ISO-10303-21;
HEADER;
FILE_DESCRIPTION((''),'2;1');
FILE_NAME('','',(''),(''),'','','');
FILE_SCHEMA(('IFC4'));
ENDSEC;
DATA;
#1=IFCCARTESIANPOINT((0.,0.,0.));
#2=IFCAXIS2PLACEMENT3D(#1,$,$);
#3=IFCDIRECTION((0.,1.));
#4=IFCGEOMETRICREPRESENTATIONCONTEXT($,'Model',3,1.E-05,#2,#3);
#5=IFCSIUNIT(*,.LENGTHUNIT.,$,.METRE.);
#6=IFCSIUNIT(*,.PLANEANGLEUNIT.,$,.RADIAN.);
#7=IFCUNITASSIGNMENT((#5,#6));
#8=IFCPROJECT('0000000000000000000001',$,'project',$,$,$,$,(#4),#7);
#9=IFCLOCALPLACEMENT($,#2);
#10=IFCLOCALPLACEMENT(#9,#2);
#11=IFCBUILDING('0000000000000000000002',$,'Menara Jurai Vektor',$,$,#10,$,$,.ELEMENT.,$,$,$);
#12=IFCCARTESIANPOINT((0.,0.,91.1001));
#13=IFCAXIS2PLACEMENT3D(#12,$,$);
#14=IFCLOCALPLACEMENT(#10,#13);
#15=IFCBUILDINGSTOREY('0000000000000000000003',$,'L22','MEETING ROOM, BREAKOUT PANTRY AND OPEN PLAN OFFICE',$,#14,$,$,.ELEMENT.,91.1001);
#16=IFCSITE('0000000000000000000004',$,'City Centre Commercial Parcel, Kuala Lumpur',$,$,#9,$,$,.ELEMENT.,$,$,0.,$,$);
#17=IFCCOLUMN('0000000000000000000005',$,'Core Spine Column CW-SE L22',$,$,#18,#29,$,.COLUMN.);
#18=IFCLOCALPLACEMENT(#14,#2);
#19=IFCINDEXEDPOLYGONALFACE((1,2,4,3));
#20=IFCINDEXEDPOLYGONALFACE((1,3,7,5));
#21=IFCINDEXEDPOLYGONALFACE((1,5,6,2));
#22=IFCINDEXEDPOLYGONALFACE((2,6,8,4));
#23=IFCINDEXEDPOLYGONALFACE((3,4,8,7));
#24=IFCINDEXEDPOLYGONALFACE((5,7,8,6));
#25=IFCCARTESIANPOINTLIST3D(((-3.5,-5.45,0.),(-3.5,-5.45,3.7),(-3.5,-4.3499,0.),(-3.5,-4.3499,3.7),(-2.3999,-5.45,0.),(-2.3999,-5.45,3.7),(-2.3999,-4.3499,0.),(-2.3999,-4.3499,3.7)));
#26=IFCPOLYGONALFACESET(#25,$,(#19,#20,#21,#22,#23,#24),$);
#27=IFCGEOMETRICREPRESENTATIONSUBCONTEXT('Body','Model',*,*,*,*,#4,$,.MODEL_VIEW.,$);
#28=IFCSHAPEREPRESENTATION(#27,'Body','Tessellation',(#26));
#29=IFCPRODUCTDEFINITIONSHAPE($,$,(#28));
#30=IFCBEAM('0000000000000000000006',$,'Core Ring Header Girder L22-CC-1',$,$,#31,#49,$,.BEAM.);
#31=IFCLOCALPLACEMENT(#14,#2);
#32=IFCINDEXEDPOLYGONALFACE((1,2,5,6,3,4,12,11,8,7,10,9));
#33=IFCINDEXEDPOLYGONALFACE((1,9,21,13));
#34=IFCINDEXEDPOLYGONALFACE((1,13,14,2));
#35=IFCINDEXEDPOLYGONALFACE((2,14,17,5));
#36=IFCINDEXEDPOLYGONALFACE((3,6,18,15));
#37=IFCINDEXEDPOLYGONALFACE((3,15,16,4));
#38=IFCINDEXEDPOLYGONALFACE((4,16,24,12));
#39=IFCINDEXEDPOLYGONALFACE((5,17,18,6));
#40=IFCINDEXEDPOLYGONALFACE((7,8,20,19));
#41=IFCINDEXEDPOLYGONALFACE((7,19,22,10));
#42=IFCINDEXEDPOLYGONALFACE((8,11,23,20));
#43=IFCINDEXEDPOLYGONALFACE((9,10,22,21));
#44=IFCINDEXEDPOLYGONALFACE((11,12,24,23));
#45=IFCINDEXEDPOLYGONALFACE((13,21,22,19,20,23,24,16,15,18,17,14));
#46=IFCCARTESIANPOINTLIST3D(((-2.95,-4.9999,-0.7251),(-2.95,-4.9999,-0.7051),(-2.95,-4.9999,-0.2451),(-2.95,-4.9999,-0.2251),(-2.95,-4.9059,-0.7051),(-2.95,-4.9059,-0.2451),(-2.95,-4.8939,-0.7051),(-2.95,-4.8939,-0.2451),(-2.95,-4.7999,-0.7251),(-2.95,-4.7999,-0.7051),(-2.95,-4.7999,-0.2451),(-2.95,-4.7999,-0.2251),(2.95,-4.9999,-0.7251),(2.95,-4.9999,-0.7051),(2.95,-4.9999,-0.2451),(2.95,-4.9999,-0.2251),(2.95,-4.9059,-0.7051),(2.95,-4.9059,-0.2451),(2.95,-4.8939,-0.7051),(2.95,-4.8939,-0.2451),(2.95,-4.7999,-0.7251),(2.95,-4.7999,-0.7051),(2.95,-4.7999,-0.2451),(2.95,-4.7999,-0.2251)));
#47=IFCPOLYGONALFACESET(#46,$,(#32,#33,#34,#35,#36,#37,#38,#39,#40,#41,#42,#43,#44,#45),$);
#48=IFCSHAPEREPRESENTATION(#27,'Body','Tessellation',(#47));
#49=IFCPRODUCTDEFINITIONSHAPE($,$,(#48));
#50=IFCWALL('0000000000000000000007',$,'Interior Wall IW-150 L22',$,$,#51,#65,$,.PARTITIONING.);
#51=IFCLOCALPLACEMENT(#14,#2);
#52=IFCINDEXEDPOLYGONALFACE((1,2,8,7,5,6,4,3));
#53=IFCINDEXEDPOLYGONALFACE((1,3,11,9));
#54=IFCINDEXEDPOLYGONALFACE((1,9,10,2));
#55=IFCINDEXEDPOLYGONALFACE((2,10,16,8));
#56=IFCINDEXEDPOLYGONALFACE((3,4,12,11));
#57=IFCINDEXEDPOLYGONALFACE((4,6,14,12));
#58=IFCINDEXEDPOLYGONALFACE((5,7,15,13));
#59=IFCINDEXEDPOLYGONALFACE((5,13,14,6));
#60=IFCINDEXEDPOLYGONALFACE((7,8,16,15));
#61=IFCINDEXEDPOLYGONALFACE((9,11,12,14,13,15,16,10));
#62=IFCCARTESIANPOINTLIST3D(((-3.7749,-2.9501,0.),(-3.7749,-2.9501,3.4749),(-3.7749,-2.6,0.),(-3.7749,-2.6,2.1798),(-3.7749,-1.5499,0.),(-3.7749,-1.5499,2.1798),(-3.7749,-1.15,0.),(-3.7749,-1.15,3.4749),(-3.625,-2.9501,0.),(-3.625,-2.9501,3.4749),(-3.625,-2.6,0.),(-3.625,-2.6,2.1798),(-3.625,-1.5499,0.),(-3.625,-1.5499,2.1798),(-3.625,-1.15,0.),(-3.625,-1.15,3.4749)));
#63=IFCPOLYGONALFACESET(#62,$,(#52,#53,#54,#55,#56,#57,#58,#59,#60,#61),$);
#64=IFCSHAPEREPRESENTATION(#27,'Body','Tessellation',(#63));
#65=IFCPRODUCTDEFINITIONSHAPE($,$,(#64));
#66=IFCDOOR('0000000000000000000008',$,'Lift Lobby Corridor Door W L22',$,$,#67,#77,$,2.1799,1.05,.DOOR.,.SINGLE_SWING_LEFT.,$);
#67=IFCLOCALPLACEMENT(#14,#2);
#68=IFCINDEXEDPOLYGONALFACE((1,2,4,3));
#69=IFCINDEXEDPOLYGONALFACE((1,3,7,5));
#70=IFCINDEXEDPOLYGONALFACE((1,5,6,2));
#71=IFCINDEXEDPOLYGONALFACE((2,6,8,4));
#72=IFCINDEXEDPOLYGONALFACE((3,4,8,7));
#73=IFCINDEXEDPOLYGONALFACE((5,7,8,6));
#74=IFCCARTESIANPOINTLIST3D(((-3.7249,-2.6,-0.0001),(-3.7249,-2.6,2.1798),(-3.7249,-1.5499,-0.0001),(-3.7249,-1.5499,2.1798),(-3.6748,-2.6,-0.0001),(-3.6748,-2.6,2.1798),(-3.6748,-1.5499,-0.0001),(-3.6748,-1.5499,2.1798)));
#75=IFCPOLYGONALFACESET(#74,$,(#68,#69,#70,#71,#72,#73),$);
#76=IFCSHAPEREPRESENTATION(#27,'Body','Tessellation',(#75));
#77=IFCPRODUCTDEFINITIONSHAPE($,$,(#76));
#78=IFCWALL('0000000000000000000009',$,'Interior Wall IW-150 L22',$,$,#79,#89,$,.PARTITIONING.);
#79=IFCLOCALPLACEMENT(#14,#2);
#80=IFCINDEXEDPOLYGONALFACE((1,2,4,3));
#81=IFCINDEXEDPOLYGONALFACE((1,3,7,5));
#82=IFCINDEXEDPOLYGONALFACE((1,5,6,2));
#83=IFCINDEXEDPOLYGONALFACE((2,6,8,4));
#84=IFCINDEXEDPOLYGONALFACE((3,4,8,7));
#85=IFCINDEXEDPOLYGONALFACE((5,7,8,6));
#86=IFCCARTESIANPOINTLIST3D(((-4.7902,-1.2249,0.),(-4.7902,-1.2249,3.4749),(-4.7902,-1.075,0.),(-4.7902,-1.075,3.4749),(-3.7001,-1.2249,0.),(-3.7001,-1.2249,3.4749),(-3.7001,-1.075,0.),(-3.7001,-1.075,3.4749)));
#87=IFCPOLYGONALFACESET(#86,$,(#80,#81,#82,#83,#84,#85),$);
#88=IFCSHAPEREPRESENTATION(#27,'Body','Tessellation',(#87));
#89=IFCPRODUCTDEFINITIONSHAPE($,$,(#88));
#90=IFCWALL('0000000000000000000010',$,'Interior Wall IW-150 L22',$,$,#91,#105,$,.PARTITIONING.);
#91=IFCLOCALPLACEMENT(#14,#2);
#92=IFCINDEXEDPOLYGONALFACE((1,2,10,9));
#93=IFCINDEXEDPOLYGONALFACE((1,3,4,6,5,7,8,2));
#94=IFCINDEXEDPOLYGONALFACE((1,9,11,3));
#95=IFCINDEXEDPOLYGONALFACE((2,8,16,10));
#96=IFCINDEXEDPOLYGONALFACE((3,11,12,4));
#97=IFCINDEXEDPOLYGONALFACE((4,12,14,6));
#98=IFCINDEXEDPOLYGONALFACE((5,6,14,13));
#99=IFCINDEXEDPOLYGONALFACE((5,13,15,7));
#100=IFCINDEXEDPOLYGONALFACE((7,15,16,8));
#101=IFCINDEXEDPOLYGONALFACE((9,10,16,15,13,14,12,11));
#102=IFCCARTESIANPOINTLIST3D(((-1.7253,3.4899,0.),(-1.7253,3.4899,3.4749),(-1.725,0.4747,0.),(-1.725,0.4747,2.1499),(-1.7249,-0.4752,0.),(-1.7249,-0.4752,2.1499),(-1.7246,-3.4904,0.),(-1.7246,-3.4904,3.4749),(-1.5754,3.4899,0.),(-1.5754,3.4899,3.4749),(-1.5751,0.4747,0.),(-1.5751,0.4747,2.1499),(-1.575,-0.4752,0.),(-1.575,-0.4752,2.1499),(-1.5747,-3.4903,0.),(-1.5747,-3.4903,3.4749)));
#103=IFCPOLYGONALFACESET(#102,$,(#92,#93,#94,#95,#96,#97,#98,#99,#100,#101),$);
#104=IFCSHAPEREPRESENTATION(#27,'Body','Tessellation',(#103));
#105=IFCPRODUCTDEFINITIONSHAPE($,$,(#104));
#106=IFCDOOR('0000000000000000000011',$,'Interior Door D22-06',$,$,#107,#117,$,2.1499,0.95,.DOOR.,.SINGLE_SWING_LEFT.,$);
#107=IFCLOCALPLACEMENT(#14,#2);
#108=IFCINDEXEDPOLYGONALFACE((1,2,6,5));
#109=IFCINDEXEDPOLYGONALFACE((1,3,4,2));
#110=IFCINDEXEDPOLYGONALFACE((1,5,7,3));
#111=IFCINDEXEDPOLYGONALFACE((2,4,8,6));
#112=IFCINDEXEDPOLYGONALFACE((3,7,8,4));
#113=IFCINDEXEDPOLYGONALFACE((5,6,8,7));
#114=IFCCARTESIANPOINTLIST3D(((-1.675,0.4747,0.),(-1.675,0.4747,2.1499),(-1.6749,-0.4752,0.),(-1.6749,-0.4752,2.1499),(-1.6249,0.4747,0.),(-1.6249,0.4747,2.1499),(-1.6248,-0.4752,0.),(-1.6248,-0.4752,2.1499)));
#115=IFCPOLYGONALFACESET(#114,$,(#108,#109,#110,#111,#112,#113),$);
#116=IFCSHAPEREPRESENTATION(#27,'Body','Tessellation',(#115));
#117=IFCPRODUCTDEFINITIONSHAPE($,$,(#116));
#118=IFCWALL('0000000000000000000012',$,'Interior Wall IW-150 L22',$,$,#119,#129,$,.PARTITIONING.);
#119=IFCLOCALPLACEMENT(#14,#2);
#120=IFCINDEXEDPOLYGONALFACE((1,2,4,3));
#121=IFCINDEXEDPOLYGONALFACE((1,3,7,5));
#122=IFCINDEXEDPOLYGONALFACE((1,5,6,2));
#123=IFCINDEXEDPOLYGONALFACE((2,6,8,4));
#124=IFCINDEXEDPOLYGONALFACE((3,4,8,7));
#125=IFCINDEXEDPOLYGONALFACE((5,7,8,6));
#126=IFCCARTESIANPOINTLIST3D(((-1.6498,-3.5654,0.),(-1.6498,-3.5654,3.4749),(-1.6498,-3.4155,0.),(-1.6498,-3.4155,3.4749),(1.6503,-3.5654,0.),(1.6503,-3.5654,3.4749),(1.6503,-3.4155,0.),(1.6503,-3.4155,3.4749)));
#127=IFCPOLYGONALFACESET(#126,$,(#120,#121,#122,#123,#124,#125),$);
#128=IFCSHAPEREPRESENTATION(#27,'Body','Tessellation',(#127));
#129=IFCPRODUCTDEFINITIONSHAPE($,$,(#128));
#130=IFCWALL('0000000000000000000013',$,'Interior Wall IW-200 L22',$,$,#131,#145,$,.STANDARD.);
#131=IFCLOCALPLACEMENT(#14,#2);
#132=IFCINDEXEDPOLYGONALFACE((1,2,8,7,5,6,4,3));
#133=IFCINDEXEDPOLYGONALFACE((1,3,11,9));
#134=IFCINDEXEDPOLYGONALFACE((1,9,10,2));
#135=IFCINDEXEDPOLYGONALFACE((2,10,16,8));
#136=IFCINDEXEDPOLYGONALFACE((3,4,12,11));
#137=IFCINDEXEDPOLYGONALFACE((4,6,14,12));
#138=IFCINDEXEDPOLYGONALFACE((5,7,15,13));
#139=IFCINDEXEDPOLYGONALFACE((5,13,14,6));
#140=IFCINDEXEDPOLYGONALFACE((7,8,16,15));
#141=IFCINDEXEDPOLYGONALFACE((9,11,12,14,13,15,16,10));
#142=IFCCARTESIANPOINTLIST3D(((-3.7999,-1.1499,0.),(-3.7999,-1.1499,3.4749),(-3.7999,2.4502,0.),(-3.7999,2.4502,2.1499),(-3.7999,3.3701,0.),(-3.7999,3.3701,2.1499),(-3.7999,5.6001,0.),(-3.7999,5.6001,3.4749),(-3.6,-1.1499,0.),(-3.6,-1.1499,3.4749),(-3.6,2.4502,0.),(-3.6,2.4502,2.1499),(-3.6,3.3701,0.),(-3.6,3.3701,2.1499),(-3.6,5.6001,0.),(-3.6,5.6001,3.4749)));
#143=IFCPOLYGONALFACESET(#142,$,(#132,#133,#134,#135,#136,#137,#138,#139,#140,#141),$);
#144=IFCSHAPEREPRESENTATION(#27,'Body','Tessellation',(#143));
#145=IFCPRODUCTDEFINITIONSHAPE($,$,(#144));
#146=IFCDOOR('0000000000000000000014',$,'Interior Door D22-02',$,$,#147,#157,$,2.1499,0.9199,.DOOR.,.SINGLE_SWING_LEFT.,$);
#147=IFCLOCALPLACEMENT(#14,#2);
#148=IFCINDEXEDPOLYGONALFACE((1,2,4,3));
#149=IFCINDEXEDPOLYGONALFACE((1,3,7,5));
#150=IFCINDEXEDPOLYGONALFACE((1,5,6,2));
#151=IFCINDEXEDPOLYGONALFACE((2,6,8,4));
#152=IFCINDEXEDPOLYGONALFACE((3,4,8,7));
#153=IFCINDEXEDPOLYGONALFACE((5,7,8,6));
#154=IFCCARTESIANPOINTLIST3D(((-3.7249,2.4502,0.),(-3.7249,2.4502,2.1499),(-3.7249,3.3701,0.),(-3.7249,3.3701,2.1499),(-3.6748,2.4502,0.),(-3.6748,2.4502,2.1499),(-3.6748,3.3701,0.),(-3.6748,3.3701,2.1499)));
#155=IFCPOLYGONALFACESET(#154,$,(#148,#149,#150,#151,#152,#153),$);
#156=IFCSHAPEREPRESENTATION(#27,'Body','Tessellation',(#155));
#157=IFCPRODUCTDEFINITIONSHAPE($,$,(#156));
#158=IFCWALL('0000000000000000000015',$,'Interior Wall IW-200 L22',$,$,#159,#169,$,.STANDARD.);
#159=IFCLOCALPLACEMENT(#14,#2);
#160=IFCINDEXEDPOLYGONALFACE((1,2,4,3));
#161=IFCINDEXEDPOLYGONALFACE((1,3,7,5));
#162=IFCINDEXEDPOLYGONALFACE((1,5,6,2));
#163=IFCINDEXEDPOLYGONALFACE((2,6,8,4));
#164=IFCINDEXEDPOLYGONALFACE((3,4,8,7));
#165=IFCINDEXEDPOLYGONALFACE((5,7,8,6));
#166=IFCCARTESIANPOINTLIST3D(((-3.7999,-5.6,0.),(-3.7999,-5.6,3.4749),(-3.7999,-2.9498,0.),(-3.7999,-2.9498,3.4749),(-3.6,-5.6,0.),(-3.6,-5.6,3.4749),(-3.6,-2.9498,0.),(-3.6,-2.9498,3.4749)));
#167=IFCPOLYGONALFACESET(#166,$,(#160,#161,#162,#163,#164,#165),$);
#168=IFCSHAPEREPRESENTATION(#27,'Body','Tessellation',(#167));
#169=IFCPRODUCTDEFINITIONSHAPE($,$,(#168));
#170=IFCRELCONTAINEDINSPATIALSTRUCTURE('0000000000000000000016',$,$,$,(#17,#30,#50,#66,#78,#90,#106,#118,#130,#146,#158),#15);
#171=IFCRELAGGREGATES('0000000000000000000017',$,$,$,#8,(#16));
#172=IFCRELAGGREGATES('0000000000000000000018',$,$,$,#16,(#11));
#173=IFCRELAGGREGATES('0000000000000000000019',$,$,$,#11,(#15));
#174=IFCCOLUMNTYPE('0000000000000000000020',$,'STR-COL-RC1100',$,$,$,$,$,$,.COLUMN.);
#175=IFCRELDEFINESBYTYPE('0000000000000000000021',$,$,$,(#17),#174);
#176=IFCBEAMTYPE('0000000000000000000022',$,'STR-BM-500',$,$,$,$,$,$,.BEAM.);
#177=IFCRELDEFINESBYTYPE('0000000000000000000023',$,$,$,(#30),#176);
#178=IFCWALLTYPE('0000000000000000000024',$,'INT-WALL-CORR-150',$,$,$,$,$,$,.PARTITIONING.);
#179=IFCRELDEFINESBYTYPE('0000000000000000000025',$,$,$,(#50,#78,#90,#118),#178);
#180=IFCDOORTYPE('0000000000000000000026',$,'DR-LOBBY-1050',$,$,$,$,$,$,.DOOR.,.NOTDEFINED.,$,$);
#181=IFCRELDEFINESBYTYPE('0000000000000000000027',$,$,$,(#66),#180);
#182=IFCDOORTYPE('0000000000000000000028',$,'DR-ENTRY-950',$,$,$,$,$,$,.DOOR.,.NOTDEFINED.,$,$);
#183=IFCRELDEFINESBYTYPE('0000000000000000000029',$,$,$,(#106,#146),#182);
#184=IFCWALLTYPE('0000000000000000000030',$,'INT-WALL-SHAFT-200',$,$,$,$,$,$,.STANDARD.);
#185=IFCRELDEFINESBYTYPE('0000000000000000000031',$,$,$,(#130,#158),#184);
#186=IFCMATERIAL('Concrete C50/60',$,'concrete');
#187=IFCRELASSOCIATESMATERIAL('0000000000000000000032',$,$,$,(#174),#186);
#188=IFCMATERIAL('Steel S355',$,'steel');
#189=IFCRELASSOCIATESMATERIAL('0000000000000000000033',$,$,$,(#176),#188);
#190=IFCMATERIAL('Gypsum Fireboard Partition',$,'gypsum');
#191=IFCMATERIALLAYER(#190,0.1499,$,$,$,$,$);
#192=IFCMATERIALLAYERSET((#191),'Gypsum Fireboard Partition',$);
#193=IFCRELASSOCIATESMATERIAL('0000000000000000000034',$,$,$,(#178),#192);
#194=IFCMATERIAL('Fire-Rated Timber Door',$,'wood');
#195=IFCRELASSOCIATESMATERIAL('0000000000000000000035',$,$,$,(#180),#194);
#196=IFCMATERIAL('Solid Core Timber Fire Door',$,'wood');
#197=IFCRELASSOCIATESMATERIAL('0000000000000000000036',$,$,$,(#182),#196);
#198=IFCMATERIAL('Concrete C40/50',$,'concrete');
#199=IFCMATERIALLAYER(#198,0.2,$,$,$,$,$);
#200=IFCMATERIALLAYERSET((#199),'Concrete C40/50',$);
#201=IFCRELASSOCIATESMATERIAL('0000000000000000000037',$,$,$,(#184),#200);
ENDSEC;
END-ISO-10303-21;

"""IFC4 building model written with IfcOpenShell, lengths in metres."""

from ifc_helpers import new_model, si_unit, direction, frame, frame_2d, origin, origin_2d, place, context, subcontext, project, spatial, rectangle, i_section, extrude, material, layer, layer_set, material_profile, profile_set, type_object, element, fill, save


model = new_model("IFC4")

# Units and contexts
model_context = context("Model", 3, precision=1e-05, world=origin(), true_north=direction((0.0, 1.0)))
body_context = subcontext(model_context, "Body", "Model", "MODEL_VIEW")
ifc_project = project(units=[si_unit("LENGTHUNIT", "METRE"), si_unit("PLANEANGLEUNIT", "RADIAN")], contexts=[model_context])

# Site, building, storey
site_placement = place(None, origin())
site = spatial("IfcSite", under=ifc_project, at=site_placement, Name="City Centre Commercial Parcel, Kuala Lumpur", CompositionType="ELEMENT", RefElevation=0.0)
building_placement = place(site_placement, origin())
building = spatial("IfcBuilding", under=site, at=building_placement, Name="Menara Jurai Vektor", CompositionType="ELEMENT")
storey_placement = place(building_placement, frame((0.0, 0.0, 91.1001)))
storey = spatial("IfcBuildingStorey", under=building, at=storey_placement, Name="L22", Description="MEETING ROOM, BREAKOUT PANTRY AND OPEN PLAN OFFICE", CompositionType="ELEMENT", Elevation=91.1001)

# Column
ifc_material_1 = material(Name="Concrete C50/60", Category="concrete")
ifc_material_profile_1 = material_profile(ifc_material_1, rectangle(XDim=1.1001, YDim=1.1001, at=origin_2d()), Name="RC 1100x1100")
ifc_profile_set_1 = profile_set([ifc_material_profile_1], Name="Concrete C50/60")
column_type = type_object("IfcColumnType", Name="STR-COL-RC1100", PredefinedType="COLUMN", material=ifc_profile_set_1)
column_placement = place(storey_placement, frame((-2.95, -4.8999, 0.0), z_axis=(0.0, 0.0, 1.0), x_axis=(1.0, 0.0, 0.0)))
element("IfcColumn", 1, at=column_placement, inside=storey, type_object=column_type, Name="Core Spine Column CW-SE L22", PredefinedType="COLUMN", context=body_context, shape_type="SweptSolid", body=[
    extrude(rectangle(XDim=1.1001, YDim=1.1001, at=origin_2d()), origin(), (0.0, 0.0, 1.0), 3.7),
])

# Beam
ifc_material_2 = material(Name="Steel S355", Category="steel")
ifc_material_profile_2 = material_profile(ifc_material_2, i_section(OverallWidth=0.2, OverallDepth=0.5, WebThickness=0.012, FlangeThickness=0.02, at=origin_2d()), Name="PG 500x200x96")
ifc_profile_set_2 = profile_set([ifc_material_profile_2], Name="Steel S355")
beam_type = type_object("IfcBeamType", Name="STR-BM-500", PredefinedType="BEAM", material=ifc_profile_set_2)
beam_placement = place(storey_placement, frame((-2.95, -4.8999, -0.4751), z_axis=(1.0, 0.0, 0.0), x_axis=(0.0, 1.0, 0.0)))
element("IfcBeam", 2, at=beam_placement, inside=storey, type_object=beam_type, Name="Core Ring Header Girder L22-CC-1", PredefinedType="BEAM", context=body_context, shape_type="SweptSolid", body=[
    extrude(i_section(OverallWidth=0.2, OverallDepth=0.5, WebThickness=0.012, FlangeThickness=0.02, at=origin_2d()), origin(), (0.0, 0.0, 1.0), 5.8999),
])

# Wall, opening, door
ifc_material_3 = material(Name="Gypsum Fireboard Partition", Category="gypsum")
ifc_layer_1 = layer(ifc_material_3, 0.1499)
ifc_layer_set_1 = layer_set([ifc_layer_1], Name="Gypsum Fireboard Partition")
wall_type_1 = type_object("IfcWallType", Name="INT-WALL-CORR-150", PredefinedType="PARTITIONING", material=ifc_layer_set_1)
wall_1_placement = place(storey_placement, frame((-3.7, -2.95, 0.0), z_axis=(0.0, 0.0, 1.0), x_axis=(0.0, 1.0, 0.0)))
wall_1 = element("IfcWall", 3, at=wall_1_placement, inside=storey, type_object=wall_type_1, Name="Interior Wall IW-150 L22", PredefinedType="PARTITIONING", context=body_context, shape_type="SweptSolid", body=[
    extrude(rectangle(XDim=1.8, YDim=0.1499, at=frame_2d((0.8999, 0.0))), origin(), (0.0, 0.0, 1.0), 3.4749),
])
opening_1_placement = place(wall_1_placement, frame((0.3501, 0.0, 0.0)))
opening_1 = element("IfcOpeningElement", 4, at=opening_1_placement, cuts=wall_1, PredefinedType="OPENING", context=body_context, shape_type="SweptSolid", body=[
    extrude(rectangle(XDim=1.05, YDim=2.1799, at=frame_2d((0.5249, 1.0898))), frame((0.0, 0.085, 0.0), z_axis=(0.0, -1.0, 0.0), x_axis=(1.0, 0.0, 0.0)), (0.0, 0.0, 1.0), 0.1699),
])
ifc_material_4 = material(Name="Fire-Rated Timber Door", Category="wood")
door_type_1 = type_object("IfcDoorType", Name="DR-LOBBY-1050", OperationType="NOTDEFINED", PredefinedType="DOOR", material=ifc_material_4)
door_1_placement = place(opening_1_placement, origin())
door_1 = element("IfcDoor", 5, at=door_1_placement, inside=storey, type_object=door_type_1, Name="Lift Lobby Corridor Door W L22", OperationType="SINGLE_SWING_LEFT", OverallHeight=2.1799, OverallWidth=1.05, PredefinedType="DOOR", context=body_context, shape_type="SweptSolid", body=[
    extrude(rectangle(XDim=1.05, YDim=2.1799, at=frame_2d((0.5249, 1.0898))), frame((0.0, 0.0249, 0.0), z_axis=(0.0, -1.0, 0.0), x_axis=(1.0, 0.0, 0.0)), (0.0, 0.0, 1.0), 0.05),
])
fill(opening_1, door_1)

# Wall
wall_2_placement = place(storey_placement, frame((-4.79, -1.1499, 0.0), z_axis=(0.0, 0.0, 1.0), x_axis=(1.0, 0.0, 0.0)))
element("IfcWall", 6, at=wall_2_placement, inside=storey, type_object=wall_type_1, Name="Interior Wall IW-150 L22", PredefinedType="PARTITIONING", context=body_context, shape_type="SweptSolid", body=[
    extrude(rectangle(XDim=1.0901, YDim=0.1499, at=frame_2d((0.5449, 0.0))), origin(), (0.0, 0.0, 1.0), 3.4749),
])

# Wall, opening, door
wall_3_placement = place(storey_placement, frame((-1.6497, -3.4905, 0.0), z_axis=(0.0, 0.0, 1.0), x_axis=(-0.000105, 1.0, 0.0)))
wall_3 = element("IfcWall", 7, at=wall_3_placement, inside=storey, type_object=wall_type_1, Name="Interior Wall IW-150 L22", PredefinedType="PARTITIONING", context=body_context, shape_type="SweptSolid", body=[
    extrude(rectangle(XDim=6.9802, YDim=0.1499, at=frame_2d((3.4902, 0.0))), origin(), (0.0, 0.0, 1.0), 3.4749),
])
opening_2_placement = place(wall_3_placement, frame((3.0151, 0.0, 0.0)))
opening_2 = element("IfcOpeningElement", 8, at=opening_2_placement, cuts=wall_3, PredefinedType="OPENING", context=body_context, shape_type="SweptSolid", body=[
    extrude(rectangle(XDim=0.95, YDim=2.1499, at=frame_2d((0.4751, 1.075))), frame((0.0, 0.085, 0.0), z_axis=(0.0, -1.0, 0.0), x_axis=(1.0, 0.0, 0.0)), (0.0, 0.0, 1.0), 0.1699),
])
ifc_material_5 = material(Name="Solid Core Timber Fire Door", Category="wood")
door_type_2 = type_object("IfcDoorType", Name="DR-ENTRY-950", OperationType="NOTDEFINED", PredefinedType="DOOR", material=ifc_material_5)
door_2_placement = place(opening_2_placement, origin())
door_2 = element("IfcDoor", 9, at=door_2_placement, inside=storey, type_object=door_type_2, Name="Interior Door D22-06", OperationType="SINGLE_SWING_LEFT", OverallHeight=2.1499, OverallWidth=0.95, PredefinedType="DOOR", context=body_context, shape_type="SweptSolid", body=[
    extrude(rectangle(XDim=0.95, YDim=2.1499, at=frame_2d((0.4751, 1.075))), frame((0.0, 0.0249, 0.0), z_axis=(0.0, -1.0, 0.0), x_axis=(1.0, 0.0, 0.0)), (0.0, 0.0, 1.0), 0.05),
])
fill(opening_2, door_2)

# Wall
wall_4_placement = place(storey_placement, frame((-1.6497, -3.4905, 0.0), z_axis=(0.0, 0.0, 1.0), x_axis=(1.0, 0.0, 0.0)))
element("IfcWall", 10, at=wall_4_placement, inside=storey, type_object=wall_type_1, Name="Interior Wall IW-150 L22", PredefinedType="PARTITIONING", context=body_context, shape_type="SweptSolid", body=[
    extrude(rectangle(XDim=3.3, YDim=0.1499, at=frame_2d((1.6499, 0.0))), origin(), (0.0, 0.0, 1.0), 3.4749),
])

# Wall, opening, door
ifc_material_6 = material(Name="Concrete C40/50", Category="concrete")
ifc_layer_2 = layer(ifc_material_6, 0.2)
ifc_layer_set_2 = layer_set([ifc_layer_2], Name="Concrete C40/50")
wall_type_2 = type_object("IfcWallType", Name="INT-WALL-SHAFT-200", PredefinedType="STANDARD", material=ifc_layer_set_2)
wall_5_placement = place(storey_placement, frame((-3.7, -1.1499, 0.0), z_axis=(0.0, 0.0, 1.0), x_axis=(0.0, 1.0, 0.0)))
wall_5 = element("IfcWall", 11, at=wall_5_placement, inside=storey, type_object=wall_type_2, Name="Interior Wall IW-200 L22", PredefinedType="STANDARD", context=body_context, shape_type="SweptSolid", body=[
    extrude(rectangle(XDim=6.75, YDim=0.2, at=frame_2d((3.375, 0.0))), origin(), (0.0, 0.0, 1.0), 3.4749),
])
opening_3_placement = place(wall_5_placement, frame((3.6001, 0.0, 0.0)))
opening_3 = element("IfcOpeningElement", 12, at=opening_3_placement, cuts=wall_5, PredefinedType="OPENING", context=body_context, shape_type="SweptSolid", body=[
    extrude(rectangle(XDim=0.9199, YDim=2.1499, at=frame_2d((0.46, 1.075))), frame((0.0, 0.1099, 0.0), z_axis=(0.0, -1.0, 0.0), x_axis=(1.0, 0.0, 0.0)), (0.0, 0.0, 1.0), 0.22),
])
door_3_placement = place(opening_3_placement, origin())
door_3 = element("IfcDoor", 13, at=door_3_placement, inside=storey, type_object=door_type_2, Name="Interior Door D22-02", OperationType="SINGLE_SWING_LEFT", OverallHeight=2.1499, OverallWidth=0.9199, PredefinedType="DOOR", context=body_context, shape_type="SweptSolid", body=[
    extrude(rectangle(XDim=0.9199, YDim=2.1499, at=frame_2d((0.46, 1.075))), frame((0.0, 0.0249, 0.0), z_axis=(0.0, -1.0, 0.0), x_axis=(1.0, 0.0, 0.0)), (0.0, 0.0, 1.0), 0.05),
])
fill(opening_3, door_3)

# Wall
wall_6_placement = place(storey_placement, frame((-3.7, -5.6001, 0.0), z_axis=(0.0, 0.0, 1.0), x_axis=(0.0, 1.0, 0.0)))
element("IfcWall", 14, at=wall_6_placement, inside=storey, type_object=wall_type_2, Name="Interior Wall IW-200 L22", PredefinedType="STANDARD", context=body_context, shape_type="SweptSolid", body=[
    extrude(rectangle(XDim=2.6501, YDim=0.2, at=frame_2d((1.3252, 0.0))), origin(), (0.0, 0.0, 1.0), 3.4749),
])

save(model, "model.ifc")
